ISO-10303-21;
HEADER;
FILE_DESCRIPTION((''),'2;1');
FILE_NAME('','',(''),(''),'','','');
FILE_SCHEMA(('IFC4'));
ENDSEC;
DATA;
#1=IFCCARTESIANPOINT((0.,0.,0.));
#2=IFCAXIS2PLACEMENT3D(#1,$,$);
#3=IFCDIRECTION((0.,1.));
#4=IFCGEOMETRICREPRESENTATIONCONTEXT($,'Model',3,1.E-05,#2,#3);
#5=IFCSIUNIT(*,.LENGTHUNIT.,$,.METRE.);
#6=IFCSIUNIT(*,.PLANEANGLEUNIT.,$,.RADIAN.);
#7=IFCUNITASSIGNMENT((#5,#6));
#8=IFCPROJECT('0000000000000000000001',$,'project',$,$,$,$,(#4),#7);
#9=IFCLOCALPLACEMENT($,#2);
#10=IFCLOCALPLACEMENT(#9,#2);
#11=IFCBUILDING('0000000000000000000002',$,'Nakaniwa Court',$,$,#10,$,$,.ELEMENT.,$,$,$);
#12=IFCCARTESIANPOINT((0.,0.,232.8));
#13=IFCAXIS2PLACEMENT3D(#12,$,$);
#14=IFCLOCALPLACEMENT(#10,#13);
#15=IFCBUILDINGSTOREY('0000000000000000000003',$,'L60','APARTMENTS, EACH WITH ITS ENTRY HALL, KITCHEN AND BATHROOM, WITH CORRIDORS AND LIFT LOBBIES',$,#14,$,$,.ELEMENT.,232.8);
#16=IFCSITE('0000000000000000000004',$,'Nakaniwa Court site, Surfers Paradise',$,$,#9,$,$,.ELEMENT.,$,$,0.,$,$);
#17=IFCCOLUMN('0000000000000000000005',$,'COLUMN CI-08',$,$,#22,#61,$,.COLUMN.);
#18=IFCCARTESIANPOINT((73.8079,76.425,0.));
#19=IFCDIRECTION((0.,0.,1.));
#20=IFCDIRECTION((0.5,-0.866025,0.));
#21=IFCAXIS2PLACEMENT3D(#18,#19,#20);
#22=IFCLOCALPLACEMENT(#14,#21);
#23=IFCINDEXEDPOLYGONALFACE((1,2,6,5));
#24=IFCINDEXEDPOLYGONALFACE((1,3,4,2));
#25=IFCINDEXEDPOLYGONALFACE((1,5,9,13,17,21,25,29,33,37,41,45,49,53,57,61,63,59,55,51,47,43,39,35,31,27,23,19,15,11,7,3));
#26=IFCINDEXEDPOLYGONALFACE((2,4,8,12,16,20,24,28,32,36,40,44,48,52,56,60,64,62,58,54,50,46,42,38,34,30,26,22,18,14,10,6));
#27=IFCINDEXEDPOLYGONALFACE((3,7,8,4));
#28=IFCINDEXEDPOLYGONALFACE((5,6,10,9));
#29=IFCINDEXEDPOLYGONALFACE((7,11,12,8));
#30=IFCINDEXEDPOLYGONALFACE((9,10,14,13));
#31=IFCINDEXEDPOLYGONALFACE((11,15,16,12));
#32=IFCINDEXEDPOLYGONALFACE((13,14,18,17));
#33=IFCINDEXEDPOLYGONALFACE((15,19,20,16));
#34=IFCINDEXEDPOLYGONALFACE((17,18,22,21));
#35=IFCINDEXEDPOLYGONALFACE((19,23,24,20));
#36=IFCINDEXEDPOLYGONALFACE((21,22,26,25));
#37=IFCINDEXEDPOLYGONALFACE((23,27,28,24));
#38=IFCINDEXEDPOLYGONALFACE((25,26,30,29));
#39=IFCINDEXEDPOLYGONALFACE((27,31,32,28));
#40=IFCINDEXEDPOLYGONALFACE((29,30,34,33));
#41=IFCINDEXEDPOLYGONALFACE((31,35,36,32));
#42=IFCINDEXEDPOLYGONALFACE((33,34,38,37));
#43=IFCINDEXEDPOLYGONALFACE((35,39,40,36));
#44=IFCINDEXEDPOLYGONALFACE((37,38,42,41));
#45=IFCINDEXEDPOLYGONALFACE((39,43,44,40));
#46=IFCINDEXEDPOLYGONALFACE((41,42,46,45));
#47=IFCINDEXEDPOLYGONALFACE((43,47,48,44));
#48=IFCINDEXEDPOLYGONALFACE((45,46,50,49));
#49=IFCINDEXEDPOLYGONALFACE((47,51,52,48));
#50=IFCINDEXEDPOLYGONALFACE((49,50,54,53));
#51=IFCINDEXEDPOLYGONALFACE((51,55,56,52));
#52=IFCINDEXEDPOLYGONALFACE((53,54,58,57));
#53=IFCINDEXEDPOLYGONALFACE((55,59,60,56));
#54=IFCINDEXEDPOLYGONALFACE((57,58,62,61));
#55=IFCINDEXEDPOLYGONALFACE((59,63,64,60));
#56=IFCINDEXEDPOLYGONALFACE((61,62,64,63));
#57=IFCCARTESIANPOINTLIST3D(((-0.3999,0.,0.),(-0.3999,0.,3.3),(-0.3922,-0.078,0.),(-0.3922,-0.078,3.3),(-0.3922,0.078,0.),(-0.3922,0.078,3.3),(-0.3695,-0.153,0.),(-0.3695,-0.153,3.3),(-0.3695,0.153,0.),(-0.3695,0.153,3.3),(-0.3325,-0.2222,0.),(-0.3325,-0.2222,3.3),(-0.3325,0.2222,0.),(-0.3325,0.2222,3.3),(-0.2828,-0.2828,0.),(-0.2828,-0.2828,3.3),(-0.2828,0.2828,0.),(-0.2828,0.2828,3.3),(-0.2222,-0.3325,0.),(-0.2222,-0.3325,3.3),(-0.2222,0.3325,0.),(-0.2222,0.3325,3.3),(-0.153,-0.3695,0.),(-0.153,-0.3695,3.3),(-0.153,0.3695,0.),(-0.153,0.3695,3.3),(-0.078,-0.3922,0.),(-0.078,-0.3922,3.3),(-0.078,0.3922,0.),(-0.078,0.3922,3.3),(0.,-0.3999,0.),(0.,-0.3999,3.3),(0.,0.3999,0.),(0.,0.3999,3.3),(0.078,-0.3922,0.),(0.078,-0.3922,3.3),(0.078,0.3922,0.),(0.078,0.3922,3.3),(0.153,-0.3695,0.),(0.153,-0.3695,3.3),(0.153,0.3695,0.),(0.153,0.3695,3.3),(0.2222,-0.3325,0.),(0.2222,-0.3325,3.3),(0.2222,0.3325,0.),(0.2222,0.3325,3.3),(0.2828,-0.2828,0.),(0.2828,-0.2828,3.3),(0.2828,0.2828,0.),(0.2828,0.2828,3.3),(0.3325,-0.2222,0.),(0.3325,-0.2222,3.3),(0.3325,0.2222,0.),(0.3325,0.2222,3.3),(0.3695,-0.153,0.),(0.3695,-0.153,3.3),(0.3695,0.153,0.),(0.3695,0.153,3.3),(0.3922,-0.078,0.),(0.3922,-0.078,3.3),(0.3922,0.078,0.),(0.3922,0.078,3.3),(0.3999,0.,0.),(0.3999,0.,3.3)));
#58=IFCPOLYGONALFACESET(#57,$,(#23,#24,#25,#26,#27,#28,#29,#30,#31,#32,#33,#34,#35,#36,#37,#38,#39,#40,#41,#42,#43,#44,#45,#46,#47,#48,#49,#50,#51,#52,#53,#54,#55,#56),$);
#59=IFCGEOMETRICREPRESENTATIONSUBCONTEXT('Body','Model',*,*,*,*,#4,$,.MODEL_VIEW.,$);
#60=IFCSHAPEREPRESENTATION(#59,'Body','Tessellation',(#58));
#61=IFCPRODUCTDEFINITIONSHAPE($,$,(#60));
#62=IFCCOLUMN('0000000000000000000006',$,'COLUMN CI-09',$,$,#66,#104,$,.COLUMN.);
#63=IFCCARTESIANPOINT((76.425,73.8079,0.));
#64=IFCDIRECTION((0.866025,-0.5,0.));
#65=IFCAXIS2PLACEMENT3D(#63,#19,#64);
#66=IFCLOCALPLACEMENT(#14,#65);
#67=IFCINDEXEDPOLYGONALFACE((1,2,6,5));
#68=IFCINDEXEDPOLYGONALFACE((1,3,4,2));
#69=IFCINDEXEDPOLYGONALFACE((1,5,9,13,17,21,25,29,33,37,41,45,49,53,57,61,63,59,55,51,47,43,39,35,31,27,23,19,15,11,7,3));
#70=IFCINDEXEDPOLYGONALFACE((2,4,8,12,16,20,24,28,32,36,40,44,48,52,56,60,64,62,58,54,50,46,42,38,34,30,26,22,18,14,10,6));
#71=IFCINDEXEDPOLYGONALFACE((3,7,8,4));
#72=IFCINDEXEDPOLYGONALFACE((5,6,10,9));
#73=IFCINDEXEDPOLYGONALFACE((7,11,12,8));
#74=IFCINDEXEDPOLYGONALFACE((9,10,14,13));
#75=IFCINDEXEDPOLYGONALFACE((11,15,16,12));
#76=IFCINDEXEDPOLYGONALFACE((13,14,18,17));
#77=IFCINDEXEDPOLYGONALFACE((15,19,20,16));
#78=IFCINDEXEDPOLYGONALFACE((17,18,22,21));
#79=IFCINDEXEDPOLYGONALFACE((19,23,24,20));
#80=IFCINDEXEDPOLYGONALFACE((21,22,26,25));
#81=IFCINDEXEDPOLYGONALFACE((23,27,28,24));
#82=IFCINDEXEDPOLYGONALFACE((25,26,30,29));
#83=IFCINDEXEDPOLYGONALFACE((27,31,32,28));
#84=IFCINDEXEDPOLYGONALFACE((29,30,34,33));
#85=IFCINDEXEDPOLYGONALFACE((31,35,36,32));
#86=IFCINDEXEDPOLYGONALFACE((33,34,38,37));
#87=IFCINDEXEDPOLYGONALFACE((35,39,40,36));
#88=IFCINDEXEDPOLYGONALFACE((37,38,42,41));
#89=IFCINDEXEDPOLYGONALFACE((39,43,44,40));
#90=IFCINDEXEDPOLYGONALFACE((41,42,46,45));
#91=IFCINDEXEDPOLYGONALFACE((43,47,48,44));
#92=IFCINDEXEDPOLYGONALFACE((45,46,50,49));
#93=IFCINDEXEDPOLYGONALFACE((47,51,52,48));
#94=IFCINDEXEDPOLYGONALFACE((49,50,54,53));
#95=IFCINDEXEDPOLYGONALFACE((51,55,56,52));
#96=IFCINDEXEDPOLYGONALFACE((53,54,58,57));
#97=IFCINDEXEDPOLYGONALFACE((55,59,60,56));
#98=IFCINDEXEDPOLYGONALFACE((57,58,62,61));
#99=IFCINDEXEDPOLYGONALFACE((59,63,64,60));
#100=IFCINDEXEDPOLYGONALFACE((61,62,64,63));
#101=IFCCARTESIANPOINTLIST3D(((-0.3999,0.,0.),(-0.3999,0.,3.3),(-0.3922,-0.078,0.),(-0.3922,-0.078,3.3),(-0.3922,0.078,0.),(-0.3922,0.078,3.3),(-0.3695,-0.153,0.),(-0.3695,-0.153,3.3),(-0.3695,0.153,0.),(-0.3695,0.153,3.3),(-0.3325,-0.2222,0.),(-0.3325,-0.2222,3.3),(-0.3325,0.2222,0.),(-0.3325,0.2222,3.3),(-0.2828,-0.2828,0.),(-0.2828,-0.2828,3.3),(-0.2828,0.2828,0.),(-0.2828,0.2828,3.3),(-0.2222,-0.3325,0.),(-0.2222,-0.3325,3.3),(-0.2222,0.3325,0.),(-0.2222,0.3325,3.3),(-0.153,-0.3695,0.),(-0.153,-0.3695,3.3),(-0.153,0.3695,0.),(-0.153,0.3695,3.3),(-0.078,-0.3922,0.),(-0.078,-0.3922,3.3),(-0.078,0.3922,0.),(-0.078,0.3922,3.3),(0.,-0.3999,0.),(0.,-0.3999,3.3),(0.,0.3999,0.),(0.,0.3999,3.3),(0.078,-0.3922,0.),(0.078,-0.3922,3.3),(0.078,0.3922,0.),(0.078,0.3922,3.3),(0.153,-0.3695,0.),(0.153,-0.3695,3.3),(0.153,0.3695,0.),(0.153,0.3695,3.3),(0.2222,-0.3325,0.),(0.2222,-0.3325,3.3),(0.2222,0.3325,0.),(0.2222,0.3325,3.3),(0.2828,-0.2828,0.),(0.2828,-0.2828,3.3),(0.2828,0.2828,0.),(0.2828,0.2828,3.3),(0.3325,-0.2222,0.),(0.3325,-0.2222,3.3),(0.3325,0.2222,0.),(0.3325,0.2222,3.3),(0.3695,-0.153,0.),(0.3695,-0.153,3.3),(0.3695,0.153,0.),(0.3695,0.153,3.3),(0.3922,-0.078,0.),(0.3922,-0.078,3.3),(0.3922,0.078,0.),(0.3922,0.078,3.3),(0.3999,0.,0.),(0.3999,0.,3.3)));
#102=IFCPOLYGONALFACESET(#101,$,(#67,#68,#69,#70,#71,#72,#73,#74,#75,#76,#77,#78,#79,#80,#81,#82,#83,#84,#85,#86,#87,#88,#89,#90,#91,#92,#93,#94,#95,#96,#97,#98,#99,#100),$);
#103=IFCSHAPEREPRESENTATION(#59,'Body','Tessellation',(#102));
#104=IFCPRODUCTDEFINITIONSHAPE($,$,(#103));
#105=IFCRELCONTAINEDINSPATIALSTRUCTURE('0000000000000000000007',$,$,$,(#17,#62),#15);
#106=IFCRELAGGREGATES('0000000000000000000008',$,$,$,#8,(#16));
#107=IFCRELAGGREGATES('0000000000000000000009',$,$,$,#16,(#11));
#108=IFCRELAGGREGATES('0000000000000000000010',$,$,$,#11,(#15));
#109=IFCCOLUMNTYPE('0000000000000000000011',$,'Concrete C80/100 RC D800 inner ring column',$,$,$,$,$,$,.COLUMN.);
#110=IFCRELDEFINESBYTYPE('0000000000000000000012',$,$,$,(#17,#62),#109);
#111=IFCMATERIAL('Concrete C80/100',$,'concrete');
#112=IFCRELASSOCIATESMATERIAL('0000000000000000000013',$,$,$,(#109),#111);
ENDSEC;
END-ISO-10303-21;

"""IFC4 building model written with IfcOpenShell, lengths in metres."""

from ifc_helpers import new_model, si_unit, direction, frame, origin, origin_2d, place, context, subcontext, project, spatial, circle, extrude, material, material_profile, profile_set, type_object, element, save


model = new_model("IFC4")

# Units and contexts
model_context = context("Model", 3, precision=1e-05, world=origin(), true_north=direction((0.0, 1.0)))
body_context = subcontext(model_context, "Body", "Model", "MODEL_VIEW")
ifc_project = project(units=[si_unit("LENGTHUNIT", "METRE"), si_unit("PLANEANGLEUNIT", "RADIAN")], contexts=[model_context])

# Site, building, storey
site_placement = place(None, origin())
site = spatial("IfcSite", under=ifc_project, at=site_placement, Name="Nakaniwa Court site, Surfers Paradise", CompositionType="ELEMENT", RefElevation=0.0)
building_placement = place(site_placement, origin())
building = spatial("IfcBuilding", under=site, at=building_placement, Name="Nakaniwa Court", CompositionType="ELEMENT")
storey_placement = place(building_placement, frame((0.0, 0.0, 232.8)))
storey = spatial("IfcBuildingStorey", under=building, at=storey_placement, Name="L60", Description="APARTMENTS, EACH WITH ITS ENTRY HALL, KITCHEN AND BATHROOM, WITH CORRIDORS AND LIFT LOBBIES", CompositionType="ELEMENT", Elevation=232.8)

# Columns
ifc_material_1 = material(Name="Concrete C80/100", Category="concrete")
ifc_material_profile_1 = material_profile(ifc_material_1, circle(Radius=0.3999, at=origin_2d()), Name="Concrete C80/100 RC D800 inner ring column")
ifc_profile_set_1 = profile_set([ifc_material_profile_1], Name="Concrete C80/100")
column_type_1 = type_object("IfcColumnType", Name="Concrete C80/100 RC D800 inner ring column", PredefinedType="COLUMN", material=ifc_profile_set_1)
for number, where, z_axis, x_axis, name in (
    (1, (73.8079, 76.425, 0.0), (0.0, 0.0, 1.0), (0.5, -0.866025, 0.0), "COLUMN CI-08"),
    (2, (76.425, 73.8079, 0.0), (0.0, 0.0, 1.0), (0.866025, -0.5, 0.0), "COLUMN CI-09"),
):
    element("IfcColumn", number, at=place(storey_placement, frame(where, z_axis=z_axis, x_axis=x_axis)), inside=storey, type_object=column_type_1, Name=name, PredefinedType="COLUMN", context=body_context, shape_type="SweptSolid", body=[
        extrude(circle(Radius=0.3999, at=origin_2d()), origin(), (0.0, 0.0, 1.0), 3.3),
    ])

save(model, "model.ifc")
